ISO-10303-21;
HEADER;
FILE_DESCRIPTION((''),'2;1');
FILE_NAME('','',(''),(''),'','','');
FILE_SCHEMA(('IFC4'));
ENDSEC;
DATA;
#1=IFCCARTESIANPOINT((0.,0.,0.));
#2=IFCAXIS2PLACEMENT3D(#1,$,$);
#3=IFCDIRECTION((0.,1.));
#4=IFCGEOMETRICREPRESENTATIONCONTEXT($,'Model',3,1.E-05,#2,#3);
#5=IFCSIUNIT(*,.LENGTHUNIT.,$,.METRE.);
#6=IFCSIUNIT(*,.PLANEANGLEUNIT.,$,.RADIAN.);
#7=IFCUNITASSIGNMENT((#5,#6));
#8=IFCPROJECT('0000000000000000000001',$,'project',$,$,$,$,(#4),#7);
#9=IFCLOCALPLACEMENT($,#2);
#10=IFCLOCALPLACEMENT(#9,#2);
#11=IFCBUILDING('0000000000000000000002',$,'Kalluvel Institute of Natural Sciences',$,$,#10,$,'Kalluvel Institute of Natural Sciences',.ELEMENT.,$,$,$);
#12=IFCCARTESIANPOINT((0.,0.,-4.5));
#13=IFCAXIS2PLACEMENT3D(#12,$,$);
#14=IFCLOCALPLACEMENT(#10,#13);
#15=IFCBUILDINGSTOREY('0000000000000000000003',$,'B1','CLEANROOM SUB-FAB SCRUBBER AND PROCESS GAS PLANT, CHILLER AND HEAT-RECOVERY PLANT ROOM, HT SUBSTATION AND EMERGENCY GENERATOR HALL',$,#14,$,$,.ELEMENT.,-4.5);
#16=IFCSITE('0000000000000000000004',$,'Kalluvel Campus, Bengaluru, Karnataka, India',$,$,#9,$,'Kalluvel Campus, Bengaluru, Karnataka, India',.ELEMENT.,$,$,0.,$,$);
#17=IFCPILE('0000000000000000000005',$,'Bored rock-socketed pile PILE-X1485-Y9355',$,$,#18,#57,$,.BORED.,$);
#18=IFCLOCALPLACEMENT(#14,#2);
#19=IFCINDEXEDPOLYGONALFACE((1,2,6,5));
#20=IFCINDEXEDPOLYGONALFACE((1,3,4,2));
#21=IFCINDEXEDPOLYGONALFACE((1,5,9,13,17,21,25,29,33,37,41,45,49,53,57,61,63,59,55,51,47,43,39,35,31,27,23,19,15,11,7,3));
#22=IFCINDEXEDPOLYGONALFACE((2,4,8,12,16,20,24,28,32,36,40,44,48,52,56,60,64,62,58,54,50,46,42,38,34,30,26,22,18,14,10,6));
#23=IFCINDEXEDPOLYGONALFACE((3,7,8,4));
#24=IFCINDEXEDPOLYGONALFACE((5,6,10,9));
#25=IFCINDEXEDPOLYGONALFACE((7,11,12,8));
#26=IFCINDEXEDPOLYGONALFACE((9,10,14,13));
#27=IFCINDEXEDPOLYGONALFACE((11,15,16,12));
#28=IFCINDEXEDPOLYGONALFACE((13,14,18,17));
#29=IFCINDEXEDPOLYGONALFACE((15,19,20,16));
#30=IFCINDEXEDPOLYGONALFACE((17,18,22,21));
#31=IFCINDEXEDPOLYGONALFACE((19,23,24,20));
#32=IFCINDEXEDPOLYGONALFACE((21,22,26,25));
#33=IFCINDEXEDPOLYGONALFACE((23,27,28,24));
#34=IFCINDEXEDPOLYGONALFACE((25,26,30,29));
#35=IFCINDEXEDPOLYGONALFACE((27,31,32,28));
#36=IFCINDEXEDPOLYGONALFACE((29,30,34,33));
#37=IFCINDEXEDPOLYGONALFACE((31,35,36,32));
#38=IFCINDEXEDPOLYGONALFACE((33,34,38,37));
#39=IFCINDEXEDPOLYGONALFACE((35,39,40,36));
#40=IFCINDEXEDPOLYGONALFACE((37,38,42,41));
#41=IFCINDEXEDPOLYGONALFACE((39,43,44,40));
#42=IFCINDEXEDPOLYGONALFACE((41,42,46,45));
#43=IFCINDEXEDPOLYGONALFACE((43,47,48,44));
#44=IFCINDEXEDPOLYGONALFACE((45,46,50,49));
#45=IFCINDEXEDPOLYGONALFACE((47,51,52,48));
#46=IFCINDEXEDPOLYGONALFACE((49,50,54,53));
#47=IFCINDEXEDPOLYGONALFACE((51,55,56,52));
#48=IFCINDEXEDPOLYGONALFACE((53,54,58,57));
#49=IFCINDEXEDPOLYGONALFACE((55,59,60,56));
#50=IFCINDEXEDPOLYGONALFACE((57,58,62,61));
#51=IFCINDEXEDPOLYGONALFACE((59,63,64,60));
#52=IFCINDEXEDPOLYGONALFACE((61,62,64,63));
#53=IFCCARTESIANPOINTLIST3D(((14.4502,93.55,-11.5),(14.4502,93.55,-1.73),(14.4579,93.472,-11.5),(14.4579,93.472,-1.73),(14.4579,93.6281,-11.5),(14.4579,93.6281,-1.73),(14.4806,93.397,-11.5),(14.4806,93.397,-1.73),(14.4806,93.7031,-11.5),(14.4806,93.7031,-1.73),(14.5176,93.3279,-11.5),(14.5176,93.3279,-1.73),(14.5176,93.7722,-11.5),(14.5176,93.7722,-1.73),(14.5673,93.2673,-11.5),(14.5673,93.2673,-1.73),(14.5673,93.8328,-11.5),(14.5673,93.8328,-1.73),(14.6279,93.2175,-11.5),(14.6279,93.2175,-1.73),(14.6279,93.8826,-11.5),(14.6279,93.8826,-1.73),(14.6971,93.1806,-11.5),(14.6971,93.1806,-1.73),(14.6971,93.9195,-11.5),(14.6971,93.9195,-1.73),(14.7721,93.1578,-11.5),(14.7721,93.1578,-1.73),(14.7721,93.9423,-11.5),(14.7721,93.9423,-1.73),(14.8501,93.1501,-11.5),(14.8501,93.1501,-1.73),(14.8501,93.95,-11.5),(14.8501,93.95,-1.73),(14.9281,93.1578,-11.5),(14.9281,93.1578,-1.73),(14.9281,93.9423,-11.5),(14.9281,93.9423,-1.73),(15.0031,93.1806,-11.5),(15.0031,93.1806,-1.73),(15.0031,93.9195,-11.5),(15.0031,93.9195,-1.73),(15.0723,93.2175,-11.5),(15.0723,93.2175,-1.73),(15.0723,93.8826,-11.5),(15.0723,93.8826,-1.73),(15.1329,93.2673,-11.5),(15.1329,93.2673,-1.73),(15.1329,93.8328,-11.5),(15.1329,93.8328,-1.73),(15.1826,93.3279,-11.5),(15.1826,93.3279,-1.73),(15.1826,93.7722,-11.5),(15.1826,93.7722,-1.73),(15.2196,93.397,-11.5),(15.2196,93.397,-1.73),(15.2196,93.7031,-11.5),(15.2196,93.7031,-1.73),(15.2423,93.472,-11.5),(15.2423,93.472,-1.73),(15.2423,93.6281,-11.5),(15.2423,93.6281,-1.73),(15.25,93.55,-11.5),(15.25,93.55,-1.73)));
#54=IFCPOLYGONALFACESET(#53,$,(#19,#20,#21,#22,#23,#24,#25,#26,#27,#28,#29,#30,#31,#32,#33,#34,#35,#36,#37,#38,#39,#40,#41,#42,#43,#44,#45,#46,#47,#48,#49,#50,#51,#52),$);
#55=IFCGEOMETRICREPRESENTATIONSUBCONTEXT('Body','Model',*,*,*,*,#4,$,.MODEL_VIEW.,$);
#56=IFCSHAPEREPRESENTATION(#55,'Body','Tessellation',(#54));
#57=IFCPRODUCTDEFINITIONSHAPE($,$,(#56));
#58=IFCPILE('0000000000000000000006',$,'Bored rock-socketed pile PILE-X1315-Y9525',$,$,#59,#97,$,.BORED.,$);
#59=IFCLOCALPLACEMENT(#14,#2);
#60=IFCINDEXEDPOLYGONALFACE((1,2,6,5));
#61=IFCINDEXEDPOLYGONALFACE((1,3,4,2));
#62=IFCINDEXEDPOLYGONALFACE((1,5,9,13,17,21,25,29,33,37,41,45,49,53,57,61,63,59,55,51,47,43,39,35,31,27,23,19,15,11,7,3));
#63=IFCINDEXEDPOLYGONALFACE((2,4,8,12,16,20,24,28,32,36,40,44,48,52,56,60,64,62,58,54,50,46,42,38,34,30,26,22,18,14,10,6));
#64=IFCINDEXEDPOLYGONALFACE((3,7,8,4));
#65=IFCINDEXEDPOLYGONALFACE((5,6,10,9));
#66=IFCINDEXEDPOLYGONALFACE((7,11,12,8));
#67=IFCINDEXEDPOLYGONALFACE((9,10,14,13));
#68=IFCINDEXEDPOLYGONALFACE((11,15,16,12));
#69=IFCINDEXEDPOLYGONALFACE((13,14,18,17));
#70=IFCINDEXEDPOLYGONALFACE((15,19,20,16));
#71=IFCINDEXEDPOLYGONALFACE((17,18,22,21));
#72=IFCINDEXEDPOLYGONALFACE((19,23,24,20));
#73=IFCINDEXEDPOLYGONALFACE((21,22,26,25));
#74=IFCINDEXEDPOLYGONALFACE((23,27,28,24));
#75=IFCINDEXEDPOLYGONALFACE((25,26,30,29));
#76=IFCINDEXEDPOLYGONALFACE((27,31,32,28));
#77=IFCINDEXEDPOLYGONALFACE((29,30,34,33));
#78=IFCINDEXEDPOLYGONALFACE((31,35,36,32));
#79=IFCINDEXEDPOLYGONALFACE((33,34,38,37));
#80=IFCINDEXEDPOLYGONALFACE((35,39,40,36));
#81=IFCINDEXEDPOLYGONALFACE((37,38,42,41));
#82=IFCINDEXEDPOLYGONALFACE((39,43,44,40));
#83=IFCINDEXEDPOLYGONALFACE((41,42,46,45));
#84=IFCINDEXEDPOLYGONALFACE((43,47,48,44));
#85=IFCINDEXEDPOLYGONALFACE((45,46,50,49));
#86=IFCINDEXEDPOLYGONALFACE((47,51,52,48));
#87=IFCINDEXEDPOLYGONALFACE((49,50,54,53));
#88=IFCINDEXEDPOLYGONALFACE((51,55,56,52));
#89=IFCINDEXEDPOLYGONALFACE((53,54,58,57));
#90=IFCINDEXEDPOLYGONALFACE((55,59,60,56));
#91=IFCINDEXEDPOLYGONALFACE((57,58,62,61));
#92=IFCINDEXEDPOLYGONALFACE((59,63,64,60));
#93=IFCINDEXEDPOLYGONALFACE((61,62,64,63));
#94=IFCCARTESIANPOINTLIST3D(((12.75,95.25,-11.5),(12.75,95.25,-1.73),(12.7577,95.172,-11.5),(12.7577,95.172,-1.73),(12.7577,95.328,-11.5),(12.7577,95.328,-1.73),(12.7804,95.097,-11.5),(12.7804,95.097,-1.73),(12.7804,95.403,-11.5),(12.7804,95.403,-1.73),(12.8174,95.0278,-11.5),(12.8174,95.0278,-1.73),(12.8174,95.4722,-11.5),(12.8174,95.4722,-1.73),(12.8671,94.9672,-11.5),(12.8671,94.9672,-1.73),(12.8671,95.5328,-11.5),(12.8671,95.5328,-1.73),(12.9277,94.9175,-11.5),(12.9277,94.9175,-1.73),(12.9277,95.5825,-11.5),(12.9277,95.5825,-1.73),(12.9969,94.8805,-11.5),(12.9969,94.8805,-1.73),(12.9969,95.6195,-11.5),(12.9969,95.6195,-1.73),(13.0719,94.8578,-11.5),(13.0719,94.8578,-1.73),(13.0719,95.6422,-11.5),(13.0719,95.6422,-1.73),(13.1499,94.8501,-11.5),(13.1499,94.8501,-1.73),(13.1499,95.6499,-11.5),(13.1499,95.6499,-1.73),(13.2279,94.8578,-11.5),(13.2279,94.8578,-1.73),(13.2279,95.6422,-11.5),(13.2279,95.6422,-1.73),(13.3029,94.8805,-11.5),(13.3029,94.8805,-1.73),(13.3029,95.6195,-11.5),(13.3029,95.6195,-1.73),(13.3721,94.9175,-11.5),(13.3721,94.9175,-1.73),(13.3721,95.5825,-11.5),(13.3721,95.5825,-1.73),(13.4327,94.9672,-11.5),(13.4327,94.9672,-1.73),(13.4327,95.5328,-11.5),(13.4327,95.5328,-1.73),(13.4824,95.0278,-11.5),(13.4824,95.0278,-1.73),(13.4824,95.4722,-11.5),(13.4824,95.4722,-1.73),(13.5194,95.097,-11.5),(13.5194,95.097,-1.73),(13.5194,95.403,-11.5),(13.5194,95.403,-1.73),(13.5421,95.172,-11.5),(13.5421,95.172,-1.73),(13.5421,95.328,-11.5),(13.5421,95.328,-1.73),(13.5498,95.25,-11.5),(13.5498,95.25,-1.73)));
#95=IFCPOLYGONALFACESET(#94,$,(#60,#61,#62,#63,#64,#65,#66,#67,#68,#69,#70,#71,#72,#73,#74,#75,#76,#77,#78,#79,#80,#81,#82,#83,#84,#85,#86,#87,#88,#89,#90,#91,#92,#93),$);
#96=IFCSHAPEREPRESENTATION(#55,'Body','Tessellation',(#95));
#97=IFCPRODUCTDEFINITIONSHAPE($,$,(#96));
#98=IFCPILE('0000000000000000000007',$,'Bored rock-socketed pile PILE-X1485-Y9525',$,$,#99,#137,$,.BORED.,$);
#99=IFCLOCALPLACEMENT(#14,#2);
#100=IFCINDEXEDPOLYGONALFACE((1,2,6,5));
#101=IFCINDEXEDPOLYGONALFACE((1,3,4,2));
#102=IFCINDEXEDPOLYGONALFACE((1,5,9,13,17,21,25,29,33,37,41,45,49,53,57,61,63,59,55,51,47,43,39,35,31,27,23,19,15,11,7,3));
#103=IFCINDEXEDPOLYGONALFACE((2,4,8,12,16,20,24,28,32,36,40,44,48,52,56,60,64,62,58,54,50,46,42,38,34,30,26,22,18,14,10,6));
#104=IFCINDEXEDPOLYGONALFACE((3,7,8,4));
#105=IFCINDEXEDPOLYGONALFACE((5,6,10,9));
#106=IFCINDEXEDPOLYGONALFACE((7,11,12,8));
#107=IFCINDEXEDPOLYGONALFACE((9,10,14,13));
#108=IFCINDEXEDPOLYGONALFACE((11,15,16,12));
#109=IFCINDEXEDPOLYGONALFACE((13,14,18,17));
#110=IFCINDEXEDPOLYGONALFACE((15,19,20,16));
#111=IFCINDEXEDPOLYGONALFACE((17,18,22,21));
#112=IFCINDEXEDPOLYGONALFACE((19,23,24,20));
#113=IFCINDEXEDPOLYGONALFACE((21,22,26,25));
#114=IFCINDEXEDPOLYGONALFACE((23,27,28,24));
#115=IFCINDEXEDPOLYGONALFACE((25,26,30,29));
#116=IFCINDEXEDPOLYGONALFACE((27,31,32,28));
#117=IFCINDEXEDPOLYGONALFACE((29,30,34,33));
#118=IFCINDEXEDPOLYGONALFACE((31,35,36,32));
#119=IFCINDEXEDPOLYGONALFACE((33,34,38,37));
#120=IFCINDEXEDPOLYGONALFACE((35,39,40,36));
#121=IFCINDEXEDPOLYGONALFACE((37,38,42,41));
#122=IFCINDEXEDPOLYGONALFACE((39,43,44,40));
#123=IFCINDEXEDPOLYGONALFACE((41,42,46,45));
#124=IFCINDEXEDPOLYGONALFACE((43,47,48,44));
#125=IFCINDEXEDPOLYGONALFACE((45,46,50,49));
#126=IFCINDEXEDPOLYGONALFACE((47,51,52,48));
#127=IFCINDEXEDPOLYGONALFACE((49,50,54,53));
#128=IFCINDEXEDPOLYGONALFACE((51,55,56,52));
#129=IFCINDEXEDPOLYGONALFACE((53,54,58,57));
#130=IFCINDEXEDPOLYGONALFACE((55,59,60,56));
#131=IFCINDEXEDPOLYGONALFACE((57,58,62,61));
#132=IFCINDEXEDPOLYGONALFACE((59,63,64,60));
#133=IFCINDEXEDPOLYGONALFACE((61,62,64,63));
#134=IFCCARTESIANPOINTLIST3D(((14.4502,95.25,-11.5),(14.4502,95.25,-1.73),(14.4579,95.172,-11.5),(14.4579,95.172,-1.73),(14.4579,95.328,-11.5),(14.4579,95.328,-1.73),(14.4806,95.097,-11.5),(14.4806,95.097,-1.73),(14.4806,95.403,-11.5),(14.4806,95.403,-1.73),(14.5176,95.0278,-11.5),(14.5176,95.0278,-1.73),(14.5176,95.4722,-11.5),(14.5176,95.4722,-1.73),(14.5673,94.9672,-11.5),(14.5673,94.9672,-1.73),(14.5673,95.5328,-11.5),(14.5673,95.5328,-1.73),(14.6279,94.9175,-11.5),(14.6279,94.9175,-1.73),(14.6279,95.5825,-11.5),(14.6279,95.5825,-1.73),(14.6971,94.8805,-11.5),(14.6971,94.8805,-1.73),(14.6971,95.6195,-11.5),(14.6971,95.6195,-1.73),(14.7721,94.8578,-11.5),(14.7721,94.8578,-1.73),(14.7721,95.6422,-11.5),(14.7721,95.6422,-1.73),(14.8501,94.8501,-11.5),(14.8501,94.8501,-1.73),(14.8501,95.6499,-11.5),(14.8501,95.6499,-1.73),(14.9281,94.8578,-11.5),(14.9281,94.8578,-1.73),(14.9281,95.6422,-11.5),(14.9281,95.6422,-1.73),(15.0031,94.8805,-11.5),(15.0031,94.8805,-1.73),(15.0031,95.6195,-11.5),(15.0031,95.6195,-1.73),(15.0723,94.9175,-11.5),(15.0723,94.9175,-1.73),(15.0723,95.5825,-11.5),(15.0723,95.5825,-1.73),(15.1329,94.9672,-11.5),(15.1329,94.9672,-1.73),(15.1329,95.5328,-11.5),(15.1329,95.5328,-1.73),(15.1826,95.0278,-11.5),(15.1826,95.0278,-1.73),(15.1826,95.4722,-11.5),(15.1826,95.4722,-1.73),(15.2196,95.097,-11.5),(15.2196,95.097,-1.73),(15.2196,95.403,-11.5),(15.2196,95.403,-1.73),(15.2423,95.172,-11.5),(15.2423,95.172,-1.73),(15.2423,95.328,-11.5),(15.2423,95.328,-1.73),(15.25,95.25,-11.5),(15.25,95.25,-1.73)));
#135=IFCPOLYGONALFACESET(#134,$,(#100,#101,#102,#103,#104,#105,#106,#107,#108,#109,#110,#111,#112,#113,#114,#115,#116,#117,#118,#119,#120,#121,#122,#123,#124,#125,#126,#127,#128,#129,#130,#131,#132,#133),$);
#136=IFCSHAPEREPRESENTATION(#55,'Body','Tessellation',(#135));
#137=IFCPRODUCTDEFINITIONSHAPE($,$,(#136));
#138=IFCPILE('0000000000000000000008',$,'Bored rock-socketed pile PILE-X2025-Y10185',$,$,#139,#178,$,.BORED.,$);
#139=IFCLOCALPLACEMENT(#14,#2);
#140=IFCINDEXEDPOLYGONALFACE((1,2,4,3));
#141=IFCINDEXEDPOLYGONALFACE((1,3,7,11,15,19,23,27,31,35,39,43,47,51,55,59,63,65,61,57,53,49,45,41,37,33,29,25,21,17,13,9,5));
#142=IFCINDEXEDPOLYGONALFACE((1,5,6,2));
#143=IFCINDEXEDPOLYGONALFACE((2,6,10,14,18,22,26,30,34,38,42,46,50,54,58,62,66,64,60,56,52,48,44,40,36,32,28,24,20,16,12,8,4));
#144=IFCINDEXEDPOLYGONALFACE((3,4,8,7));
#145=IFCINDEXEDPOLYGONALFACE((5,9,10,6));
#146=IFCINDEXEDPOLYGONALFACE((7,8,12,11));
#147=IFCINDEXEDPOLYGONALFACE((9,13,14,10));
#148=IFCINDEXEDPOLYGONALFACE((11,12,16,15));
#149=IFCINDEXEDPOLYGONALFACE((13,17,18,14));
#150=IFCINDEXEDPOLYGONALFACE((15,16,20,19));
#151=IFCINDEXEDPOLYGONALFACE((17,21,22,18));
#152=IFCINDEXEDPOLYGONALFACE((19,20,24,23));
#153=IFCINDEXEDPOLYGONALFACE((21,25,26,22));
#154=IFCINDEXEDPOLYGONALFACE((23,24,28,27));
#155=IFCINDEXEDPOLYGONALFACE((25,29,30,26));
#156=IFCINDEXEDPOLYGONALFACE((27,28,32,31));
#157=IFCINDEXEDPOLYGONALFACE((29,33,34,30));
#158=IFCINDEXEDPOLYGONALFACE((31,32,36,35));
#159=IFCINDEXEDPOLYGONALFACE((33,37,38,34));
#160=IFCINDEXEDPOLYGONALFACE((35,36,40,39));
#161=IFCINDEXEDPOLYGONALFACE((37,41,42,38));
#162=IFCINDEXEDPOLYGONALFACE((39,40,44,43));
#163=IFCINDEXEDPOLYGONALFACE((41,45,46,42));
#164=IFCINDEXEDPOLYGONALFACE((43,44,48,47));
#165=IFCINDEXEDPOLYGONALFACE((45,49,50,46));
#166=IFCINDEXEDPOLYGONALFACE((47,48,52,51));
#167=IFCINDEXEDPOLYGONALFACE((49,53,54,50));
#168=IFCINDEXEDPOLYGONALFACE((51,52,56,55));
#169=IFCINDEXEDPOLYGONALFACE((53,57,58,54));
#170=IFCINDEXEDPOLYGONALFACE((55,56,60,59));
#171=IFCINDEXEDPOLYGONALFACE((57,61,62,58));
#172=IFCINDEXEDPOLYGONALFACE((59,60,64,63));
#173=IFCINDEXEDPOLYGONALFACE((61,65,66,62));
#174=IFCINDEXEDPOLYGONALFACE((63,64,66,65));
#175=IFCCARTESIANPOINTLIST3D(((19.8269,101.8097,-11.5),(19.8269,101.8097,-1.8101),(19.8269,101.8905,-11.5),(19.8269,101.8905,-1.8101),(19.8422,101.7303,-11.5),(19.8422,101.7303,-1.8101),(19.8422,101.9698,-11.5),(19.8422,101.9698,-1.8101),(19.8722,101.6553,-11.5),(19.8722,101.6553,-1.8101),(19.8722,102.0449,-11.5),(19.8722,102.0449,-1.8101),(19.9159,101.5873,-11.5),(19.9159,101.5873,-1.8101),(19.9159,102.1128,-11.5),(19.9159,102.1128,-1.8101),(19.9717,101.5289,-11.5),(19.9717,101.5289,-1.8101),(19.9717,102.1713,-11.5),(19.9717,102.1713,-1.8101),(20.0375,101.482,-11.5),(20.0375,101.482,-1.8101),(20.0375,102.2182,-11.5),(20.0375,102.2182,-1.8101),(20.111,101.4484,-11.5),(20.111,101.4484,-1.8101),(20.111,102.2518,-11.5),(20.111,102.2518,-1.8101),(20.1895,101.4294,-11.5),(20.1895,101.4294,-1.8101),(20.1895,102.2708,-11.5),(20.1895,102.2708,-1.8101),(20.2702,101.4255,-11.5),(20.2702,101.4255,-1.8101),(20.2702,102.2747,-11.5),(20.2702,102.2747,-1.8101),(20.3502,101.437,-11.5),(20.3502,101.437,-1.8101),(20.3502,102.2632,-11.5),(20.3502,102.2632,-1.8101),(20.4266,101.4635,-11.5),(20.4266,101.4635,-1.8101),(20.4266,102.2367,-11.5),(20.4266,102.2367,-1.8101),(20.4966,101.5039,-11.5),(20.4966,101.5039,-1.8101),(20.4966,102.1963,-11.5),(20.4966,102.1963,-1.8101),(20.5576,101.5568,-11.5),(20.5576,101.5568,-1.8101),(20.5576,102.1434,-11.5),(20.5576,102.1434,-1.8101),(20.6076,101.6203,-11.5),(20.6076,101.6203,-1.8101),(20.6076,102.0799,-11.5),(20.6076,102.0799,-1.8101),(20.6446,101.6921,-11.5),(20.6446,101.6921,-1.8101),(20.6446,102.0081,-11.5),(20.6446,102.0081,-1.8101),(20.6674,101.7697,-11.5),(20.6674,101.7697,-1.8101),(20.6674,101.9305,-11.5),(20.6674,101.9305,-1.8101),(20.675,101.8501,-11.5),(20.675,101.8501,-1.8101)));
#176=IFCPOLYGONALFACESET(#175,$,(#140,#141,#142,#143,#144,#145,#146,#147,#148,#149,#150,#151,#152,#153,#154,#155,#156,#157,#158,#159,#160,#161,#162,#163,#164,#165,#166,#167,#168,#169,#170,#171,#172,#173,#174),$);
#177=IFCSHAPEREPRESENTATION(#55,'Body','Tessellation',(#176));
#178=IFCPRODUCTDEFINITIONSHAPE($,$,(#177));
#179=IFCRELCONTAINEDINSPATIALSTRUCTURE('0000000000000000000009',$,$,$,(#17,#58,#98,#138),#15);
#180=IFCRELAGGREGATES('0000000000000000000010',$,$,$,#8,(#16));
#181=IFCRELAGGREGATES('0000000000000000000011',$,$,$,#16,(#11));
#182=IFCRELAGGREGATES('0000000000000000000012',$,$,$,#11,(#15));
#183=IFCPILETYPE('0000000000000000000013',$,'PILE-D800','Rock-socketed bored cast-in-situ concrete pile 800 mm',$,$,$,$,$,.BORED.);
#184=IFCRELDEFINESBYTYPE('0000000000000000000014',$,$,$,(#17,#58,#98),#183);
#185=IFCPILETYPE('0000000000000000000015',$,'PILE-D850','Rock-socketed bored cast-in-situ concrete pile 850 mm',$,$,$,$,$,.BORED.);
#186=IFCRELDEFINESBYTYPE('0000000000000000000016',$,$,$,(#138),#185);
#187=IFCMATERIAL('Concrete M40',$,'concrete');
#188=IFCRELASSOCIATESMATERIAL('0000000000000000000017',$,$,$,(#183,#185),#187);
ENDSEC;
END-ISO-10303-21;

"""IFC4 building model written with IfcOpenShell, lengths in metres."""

from ifc_helpers import new_model, si_unit, direction, frame, origin, origin_2d, place, context, subcontext, project, spatial, circle, extrude, material, material_profile, profile_set, type_object, element, save


model = new_model("IFC4")

# Units and contexts
model_context = context("Model", 3, precision=1e-05, world=origin(), true_north=direction((0.0, 1.0)))
body_context = subcontext(model_context, "Body", "Model", "MODEL_VIEW")
ifc_project = project(units=[si_unit("LENGTHUNIT", "METRE"), si_unit("PLANEANGLEUNIT", "RADIAN")], contexts=[model_context])

# Site, building, storey
site_placement = place(None, origin())
site = spatial("IfcSite", under=ifc_project, at=site_placement, Name="Kalluvel Campus, Bengaluru, Karnataka, India", LongName="Kalluvel Campus, Bengaluru, Karnataka, India", CompositionType="ELEMENT", RefElevation=0.0)
building_placement = place(site_placement, origin())
building = spatial("IfcBuilding", under=site, at=building_placement, Name="Kalluvel Institute of Natural Sciences", LongName="Kalluvel Institute of Natural Sciences", CompositionType="ELEMENT")
storey_placement = place(building_placement, frame((0.0, 0.0, -4.5)))
storey = spatial("IfcBuildingStorey", under=building, at=storey_placement, Name="B1", Description="CLEANROOM SUB-FAB SCRUBBER AND PROCESS GAS PLANT, CHILLER AND HEAT-RECOVERY PLANT ROOM, HT SUBSTATION AND EMERGENCY GENERATOR HALL", CompositionType="ELEMENT", Elevation=-4.5)

# Shared definitions
ifc_material_1 = material(Name="Concrete M40", Category="concrete")

# Piles
ifc_material_profile_1 = material_profile(ifc_material_1, circle(Radius=0.3999, at=origin_2d()), Name="PILE D800")
ifc_profile_set_1 = profile_set([ifc_material_profile_1], Name="Concrete M40")
pile_type_1 = type_object("IfcPileType", Name="PILE-D800", Description="Rock-socketed bored cast-in-situ concrete pile 800 mm", PredefinedType="BORED", material=ifc_profile_set_1)
for number, where, z_axis, x_axis, name in (
    (1, (14.8501, 93.55, -1.73), (0.0, 0.0, -1.0), (1.0, 0.0, 0.0), "Bored rock-socketed pile PILE-X1485-Y9355"),
    (2, (13.1499, 95.25, -1.73), (0.0, 0.0, -1.0), (1.0, 0.0, 0.0), "Bored rock-socketed pile PILE-X1315-Y9525"),
    (3, (14.8501, 95.25, -1.73), (0.0, 0.0, -1.0), (1.0, 0.0, 0.0), "Bored rock-socketed pile PILE-X1485-Y9525"),
):
    element("IfcPile", number, at=place(storey_placement, frame(where, z_axis=z_axis, x_axis=x_axis)), inside=storey, type_object=pile_type_1, Name=name, PredefinedType="BORED", context=body_context, shape_type="SweptSolid", body=[
        extrude(circle(Radius=0.3999, at=origin_2d()), origin(), (0.0, 0.0, 1.0), 9.77),
    ])
ifc_material_profile_2 = material_profile(ifc_material_1, circle(Radius=0.425, at=origin_2d()), Name="PILE D850")
ifc_profile_set_2 = profile_set([ifc_material_profile_2], Name="Concrete M40")
pile_type_2 = type_object("IfcPileType", Name="PILE-D850", Description="Rock-socketed bored cast-in-situ concrete pile 850 mm", PredefinedType="BORED", material=ifc_profile_set_2)
for number, where, z_axis, x_axis, name in (
    (4, (20.25, 101.8501, -1.8101), (0.0, 0.0, -1.0), (1.0, 0.0, 0.0), "Bored rock-socketed pile PILE-X2025-Y10185"),
):
    element("IfcPile", number, at=place(storey_placement, frame(where, z_axis=z_axis, x_axis=x_axis)), inside=storey, type_object=pile_type_2, Name=name, PredefinedType="BORED", context=body_context, shape_type="SweptSolid", body=[
        extrude(circle(Radius=0.425, at=origin_2d()), origin(), (0.0, 0.0, 1.0), 9.6899),
    ])

save(model, "model.ifc")
